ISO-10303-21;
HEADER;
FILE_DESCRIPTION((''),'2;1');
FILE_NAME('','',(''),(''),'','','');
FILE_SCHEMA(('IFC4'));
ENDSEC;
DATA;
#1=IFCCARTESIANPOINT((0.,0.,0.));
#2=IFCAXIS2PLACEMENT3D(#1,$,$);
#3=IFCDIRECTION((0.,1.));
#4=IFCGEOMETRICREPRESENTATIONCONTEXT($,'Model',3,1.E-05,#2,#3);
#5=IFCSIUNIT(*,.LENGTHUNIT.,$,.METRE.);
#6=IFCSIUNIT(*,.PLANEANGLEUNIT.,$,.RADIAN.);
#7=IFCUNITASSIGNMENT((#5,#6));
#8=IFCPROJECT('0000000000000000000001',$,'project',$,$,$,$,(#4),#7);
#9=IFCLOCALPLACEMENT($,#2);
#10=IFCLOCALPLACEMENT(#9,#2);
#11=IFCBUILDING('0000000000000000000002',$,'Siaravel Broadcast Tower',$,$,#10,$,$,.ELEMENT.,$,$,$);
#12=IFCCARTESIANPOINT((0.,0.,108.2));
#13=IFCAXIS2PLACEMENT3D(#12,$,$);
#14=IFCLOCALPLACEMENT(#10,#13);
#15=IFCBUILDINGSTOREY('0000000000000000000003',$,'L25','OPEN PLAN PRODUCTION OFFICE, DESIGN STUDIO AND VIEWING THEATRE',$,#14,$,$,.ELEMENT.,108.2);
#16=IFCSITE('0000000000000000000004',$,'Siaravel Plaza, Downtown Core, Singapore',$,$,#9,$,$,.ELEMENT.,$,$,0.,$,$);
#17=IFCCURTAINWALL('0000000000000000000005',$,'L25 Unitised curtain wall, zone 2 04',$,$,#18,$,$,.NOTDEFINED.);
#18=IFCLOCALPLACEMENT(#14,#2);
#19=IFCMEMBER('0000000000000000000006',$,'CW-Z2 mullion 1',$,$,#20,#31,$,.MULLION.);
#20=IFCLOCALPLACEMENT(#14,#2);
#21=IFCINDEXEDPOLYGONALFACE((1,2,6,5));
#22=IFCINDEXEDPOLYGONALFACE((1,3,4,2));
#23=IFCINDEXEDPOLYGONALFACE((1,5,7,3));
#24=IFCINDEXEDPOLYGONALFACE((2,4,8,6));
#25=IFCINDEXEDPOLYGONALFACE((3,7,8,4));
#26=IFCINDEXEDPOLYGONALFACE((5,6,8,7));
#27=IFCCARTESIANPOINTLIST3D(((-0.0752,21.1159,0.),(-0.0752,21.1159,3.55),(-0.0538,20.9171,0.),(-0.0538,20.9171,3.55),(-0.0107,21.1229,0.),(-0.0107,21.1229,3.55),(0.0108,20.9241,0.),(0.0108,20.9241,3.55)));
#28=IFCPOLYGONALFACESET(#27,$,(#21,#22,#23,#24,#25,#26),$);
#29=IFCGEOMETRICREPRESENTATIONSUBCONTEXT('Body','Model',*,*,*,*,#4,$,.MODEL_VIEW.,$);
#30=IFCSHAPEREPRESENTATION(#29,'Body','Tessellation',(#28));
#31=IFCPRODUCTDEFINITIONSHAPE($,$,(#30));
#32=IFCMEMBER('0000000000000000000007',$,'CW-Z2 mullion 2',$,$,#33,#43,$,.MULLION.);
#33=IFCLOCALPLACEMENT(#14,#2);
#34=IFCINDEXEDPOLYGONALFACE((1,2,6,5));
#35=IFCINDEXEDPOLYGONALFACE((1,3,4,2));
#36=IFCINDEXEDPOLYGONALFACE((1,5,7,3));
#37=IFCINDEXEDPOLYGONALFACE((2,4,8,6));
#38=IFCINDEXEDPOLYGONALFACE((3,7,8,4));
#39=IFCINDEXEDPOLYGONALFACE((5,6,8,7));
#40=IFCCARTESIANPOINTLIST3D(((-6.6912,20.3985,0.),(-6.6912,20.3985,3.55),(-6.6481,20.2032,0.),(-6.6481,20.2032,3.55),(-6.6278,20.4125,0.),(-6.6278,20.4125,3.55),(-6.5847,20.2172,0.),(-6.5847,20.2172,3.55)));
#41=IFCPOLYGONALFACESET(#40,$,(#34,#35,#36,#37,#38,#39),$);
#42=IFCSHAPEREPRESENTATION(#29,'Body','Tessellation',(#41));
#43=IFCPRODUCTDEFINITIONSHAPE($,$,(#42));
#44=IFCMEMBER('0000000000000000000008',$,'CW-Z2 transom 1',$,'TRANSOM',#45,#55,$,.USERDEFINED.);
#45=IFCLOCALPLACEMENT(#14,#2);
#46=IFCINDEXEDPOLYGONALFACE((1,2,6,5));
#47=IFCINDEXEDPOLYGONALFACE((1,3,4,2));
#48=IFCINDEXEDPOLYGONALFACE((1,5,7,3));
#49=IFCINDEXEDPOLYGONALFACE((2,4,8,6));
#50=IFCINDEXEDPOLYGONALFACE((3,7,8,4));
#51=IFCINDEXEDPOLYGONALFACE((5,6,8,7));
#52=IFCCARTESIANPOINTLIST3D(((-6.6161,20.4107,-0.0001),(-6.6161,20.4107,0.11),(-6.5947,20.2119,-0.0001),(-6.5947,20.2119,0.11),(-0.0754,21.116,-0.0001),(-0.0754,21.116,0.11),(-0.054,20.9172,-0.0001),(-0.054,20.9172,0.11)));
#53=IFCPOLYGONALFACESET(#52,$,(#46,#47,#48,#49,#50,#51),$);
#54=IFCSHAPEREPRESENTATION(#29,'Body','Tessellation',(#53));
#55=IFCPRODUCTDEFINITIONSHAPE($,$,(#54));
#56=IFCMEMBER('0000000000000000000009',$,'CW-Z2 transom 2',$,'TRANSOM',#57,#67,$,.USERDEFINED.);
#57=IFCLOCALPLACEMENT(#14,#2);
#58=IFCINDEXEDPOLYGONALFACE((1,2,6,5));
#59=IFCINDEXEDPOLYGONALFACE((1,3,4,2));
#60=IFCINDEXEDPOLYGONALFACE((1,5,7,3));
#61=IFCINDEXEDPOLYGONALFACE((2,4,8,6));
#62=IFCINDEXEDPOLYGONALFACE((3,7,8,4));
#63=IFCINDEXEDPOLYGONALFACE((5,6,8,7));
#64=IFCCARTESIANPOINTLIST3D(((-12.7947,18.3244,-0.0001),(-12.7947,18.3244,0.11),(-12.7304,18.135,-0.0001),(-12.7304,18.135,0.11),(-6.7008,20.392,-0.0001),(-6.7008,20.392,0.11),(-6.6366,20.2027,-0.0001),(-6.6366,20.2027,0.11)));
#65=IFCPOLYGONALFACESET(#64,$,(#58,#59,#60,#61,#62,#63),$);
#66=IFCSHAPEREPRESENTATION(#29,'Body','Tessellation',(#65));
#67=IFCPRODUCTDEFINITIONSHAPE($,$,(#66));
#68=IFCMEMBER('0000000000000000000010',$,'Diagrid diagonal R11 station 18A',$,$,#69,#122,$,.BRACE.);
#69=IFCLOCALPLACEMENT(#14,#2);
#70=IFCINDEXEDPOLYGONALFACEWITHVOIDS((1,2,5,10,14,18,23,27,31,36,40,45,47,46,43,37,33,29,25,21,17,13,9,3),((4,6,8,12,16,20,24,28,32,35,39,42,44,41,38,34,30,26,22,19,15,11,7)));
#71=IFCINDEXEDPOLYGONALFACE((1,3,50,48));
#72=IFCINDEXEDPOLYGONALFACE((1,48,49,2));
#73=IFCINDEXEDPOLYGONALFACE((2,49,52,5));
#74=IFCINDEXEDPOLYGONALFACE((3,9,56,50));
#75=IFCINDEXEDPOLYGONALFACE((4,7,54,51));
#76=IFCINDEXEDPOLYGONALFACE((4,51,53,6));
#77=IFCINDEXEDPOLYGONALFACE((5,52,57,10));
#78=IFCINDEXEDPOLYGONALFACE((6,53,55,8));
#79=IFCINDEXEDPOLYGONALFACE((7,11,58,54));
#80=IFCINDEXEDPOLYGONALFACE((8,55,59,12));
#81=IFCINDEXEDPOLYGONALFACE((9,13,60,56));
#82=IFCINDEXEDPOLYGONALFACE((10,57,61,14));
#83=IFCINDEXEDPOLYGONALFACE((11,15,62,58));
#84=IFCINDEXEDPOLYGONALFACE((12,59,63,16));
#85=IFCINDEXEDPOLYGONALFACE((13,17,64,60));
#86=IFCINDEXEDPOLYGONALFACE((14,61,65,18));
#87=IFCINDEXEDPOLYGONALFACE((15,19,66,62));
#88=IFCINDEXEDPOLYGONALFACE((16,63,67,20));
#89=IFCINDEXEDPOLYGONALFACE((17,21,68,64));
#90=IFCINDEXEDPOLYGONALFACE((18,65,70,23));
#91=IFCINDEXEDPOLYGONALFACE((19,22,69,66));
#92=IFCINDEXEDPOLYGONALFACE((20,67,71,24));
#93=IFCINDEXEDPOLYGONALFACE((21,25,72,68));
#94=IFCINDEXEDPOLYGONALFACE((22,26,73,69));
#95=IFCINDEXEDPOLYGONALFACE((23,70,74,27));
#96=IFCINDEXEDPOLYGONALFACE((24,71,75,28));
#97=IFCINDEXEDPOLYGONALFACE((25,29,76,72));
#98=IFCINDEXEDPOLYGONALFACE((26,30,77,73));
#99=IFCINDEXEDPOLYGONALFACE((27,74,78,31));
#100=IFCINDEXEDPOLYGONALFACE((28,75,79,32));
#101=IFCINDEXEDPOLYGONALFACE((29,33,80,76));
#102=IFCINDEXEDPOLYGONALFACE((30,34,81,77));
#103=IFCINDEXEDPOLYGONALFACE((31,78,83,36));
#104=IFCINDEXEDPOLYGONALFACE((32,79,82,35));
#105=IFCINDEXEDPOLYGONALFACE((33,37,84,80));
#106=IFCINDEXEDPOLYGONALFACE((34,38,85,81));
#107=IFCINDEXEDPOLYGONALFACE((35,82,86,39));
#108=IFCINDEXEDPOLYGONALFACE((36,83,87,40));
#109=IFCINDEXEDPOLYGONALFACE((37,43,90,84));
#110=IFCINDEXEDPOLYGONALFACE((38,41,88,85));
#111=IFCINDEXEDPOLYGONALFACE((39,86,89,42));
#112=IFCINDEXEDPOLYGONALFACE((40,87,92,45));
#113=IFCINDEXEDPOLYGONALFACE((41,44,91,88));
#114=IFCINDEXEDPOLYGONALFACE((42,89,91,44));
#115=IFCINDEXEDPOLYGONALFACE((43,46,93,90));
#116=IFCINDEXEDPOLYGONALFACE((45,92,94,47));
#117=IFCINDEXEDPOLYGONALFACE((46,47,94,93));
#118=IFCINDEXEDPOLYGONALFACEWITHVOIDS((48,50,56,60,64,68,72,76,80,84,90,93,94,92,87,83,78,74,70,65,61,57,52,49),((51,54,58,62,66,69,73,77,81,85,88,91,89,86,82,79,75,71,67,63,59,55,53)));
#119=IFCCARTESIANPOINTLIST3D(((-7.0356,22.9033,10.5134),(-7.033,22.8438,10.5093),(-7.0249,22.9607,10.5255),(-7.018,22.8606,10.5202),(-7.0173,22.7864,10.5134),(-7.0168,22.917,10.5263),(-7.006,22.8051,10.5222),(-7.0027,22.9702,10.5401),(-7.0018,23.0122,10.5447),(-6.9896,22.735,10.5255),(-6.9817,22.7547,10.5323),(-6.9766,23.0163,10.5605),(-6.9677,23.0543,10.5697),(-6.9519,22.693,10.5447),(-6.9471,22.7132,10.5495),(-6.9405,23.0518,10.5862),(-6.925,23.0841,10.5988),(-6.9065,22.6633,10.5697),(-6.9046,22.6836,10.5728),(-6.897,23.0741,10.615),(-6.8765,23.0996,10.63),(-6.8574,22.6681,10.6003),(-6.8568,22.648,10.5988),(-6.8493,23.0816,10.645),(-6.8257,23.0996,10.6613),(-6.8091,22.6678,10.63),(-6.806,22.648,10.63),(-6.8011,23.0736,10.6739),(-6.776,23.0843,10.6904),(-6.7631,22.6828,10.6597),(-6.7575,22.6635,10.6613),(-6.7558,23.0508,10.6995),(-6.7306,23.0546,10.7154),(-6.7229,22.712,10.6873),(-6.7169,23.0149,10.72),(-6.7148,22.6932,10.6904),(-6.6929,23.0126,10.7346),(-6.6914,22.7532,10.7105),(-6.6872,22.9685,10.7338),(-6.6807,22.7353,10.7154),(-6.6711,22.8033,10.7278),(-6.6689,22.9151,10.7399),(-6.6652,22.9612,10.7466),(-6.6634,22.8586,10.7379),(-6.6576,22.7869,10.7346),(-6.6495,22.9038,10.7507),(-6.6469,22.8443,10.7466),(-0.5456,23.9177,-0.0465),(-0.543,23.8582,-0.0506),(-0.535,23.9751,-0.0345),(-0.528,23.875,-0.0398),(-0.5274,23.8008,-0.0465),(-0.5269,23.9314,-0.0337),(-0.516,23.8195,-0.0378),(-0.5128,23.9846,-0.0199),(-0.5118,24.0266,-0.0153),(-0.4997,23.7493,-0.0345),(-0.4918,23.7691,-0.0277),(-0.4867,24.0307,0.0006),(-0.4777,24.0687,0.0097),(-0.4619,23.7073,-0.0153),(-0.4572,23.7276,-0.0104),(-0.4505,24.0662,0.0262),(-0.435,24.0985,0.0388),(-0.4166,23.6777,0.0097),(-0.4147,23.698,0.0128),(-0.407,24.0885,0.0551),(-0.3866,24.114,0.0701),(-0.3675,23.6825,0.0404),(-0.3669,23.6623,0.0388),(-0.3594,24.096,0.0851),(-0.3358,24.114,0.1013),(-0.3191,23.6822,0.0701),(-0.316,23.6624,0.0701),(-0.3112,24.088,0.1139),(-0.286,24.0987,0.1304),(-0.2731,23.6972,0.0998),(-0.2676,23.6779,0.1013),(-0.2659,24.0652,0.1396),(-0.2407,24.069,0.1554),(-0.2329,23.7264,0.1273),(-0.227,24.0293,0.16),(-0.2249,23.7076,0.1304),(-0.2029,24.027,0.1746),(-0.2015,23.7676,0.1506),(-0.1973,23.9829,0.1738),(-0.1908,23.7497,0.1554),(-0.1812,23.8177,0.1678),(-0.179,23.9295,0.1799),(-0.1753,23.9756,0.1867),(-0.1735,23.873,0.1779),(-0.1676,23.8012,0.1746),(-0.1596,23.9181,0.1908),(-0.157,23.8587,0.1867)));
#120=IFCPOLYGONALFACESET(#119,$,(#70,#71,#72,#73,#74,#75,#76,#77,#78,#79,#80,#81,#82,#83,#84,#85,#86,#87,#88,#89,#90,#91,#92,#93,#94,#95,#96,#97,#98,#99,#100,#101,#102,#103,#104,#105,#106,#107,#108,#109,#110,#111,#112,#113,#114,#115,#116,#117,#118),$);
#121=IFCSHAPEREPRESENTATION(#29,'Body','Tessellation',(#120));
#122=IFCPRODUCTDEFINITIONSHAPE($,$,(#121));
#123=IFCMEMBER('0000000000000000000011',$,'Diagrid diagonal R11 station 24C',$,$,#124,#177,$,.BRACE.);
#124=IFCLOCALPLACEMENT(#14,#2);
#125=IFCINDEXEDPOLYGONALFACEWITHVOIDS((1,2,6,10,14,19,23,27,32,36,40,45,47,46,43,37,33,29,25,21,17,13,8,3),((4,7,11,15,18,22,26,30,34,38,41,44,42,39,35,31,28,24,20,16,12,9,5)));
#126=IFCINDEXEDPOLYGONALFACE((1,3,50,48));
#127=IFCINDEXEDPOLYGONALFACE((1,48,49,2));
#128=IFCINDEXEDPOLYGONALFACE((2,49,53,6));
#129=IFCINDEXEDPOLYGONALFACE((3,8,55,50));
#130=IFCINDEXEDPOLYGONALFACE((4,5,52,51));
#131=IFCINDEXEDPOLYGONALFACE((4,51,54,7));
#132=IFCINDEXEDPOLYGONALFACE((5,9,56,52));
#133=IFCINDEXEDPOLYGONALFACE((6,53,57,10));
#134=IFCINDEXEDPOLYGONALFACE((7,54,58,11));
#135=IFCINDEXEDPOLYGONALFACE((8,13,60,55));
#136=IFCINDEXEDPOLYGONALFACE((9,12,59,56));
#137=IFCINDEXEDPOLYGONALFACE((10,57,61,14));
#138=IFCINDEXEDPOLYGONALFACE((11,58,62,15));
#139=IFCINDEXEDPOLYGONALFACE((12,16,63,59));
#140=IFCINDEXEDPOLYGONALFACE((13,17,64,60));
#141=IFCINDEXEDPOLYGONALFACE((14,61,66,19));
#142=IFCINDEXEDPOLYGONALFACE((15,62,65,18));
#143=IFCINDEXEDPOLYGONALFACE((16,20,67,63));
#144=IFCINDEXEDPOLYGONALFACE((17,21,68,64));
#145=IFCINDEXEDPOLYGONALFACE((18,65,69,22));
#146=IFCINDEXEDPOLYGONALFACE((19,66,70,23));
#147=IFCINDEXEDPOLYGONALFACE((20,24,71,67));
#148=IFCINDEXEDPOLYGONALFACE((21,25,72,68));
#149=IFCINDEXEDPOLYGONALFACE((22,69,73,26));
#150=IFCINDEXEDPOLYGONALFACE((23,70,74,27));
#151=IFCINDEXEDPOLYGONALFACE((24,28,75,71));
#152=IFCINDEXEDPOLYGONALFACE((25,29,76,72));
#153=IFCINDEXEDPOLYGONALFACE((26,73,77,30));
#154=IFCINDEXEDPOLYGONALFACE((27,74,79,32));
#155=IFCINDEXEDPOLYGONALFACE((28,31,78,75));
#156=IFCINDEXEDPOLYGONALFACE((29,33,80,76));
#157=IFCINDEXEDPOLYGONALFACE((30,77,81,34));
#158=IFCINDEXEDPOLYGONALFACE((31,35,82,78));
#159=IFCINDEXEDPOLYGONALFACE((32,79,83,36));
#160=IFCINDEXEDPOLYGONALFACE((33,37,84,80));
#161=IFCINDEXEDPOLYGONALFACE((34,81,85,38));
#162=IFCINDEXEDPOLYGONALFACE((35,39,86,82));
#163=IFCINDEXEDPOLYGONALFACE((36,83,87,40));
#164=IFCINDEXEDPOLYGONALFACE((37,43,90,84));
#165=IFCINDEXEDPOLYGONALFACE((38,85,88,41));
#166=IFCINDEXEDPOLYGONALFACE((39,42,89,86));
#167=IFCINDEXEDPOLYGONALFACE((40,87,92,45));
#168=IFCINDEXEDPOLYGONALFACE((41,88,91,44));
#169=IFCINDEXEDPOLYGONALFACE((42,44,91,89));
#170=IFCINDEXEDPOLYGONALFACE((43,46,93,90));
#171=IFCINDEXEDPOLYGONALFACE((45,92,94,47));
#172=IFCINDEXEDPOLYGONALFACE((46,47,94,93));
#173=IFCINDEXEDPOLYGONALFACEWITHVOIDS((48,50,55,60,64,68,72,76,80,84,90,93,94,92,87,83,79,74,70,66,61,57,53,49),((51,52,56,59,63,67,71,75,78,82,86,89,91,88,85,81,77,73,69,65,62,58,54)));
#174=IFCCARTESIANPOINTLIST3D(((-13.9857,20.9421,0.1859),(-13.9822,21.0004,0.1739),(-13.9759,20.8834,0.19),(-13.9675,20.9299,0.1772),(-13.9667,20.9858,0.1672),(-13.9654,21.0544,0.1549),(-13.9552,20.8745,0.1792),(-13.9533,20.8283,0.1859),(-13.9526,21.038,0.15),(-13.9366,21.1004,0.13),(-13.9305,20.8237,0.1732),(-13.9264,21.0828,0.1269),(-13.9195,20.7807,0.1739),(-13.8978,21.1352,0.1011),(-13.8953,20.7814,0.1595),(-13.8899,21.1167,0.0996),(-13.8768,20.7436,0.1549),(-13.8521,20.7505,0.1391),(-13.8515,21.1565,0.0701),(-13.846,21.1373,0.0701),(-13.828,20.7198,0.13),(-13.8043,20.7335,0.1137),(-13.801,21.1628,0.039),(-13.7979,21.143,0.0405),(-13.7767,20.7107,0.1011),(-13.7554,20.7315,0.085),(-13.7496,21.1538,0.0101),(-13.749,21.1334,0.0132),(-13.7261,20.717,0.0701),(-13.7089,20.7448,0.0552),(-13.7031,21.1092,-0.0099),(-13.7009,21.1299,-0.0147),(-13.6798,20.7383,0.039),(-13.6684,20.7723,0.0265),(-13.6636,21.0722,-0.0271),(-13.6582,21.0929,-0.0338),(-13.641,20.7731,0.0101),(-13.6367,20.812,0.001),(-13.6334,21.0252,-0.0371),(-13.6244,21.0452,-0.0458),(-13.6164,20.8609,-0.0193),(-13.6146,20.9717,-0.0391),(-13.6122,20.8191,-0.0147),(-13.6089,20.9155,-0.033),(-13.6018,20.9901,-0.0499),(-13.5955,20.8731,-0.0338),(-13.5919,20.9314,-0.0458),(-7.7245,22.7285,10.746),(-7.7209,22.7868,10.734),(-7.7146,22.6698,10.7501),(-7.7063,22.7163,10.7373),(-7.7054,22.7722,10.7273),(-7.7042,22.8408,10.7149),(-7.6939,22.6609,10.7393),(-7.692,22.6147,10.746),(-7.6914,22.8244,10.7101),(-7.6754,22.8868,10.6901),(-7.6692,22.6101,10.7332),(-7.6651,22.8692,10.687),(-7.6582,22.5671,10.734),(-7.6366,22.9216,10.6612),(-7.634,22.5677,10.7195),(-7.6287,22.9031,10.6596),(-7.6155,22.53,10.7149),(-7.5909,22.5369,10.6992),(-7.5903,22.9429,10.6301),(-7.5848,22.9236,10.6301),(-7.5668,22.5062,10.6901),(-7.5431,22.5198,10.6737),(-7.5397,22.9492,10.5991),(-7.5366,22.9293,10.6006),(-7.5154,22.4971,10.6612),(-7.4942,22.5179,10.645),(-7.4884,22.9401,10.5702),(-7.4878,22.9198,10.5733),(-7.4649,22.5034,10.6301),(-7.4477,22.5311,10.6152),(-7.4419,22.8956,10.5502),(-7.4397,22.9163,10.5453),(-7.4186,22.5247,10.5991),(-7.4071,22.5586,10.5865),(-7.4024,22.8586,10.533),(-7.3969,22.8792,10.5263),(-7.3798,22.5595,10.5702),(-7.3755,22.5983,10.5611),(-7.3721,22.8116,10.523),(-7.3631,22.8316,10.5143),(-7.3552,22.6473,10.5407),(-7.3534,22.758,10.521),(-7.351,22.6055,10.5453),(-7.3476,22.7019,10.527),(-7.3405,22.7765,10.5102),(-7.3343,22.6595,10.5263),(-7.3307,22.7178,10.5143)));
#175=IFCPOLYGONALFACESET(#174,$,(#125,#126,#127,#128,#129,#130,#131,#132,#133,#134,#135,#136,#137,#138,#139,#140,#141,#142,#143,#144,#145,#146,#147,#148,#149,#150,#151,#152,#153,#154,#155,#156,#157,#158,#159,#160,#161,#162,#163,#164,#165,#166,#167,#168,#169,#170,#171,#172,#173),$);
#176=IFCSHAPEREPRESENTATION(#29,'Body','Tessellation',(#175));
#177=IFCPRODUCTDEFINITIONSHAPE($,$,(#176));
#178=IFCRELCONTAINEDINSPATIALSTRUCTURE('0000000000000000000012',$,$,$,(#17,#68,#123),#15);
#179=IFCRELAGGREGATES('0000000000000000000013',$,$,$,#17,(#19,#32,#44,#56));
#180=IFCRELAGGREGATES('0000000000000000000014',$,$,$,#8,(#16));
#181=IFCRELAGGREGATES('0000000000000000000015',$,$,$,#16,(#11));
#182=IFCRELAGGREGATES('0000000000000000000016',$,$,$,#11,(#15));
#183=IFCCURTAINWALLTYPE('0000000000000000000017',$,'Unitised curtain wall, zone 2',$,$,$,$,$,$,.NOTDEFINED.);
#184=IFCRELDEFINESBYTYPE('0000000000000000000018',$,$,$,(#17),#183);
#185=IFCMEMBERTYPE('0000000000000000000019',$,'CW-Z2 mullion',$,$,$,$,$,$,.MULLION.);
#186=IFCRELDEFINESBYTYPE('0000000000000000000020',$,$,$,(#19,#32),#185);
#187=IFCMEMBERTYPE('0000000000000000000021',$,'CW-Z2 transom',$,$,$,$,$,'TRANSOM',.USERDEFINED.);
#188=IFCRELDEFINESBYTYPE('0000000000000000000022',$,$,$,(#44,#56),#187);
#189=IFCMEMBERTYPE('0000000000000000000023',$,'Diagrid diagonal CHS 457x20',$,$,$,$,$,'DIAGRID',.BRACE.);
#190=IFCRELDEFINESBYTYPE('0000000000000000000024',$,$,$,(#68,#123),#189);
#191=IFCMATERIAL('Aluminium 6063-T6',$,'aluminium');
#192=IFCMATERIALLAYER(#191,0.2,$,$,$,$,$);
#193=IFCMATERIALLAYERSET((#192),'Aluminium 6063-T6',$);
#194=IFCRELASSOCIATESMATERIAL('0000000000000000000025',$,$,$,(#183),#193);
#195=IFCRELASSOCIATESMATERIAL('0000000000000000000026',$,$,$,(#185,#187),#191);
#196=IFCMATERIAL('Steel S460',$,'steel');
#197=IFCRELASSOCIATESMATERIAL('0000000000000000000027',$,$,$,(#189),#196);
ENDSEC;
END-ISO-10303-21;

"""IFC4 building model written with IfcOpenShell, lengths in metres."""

from ifc_helpers import new_model, si_unit, direction, frame, origin, origin_2d, place, context, subcontext, project, spatial, rectangle, hollow_circle, extrude, material, layer, layer_set, material_profile, profile_set, type_object, element, aggregate, save


model = new_model("IFC4")

# Units and contexts
model_context = context("Model", 3, precision=1e-05, world=origin(), true_north=direction((0.0, 1.0)))
body_context = subcontext(model_context, "Body", "Model", "MODEL_VIEW")
ifc_project = project(units=[si_unit("LENGTHUNIT", "METRE"), si_unit("PLANEANGLEUNIT", "RADIAN")], contexts=[model_context])

# Site, building, storey
site_placement = place(None, origin())
site = spatial("IfcSite", under=ifc_project, at=site_placement, Name="Siaravel Plaza, Downtown Core, Singapore", CompositionType="ELEMENT", RefElevation=0.0)
building_placement = place(site_placement, origin())
building = spatial("IfcBuilding", under=site, at=building_placement, Name="Siaravel Broadcast Tower", CompositionType="ELEMENT")
storey_placement = place(building_placement, frame((0.0, 0.0, 108.2)))
storey = spatial("IfcBuildingStorey", under=building, at=storey_placement, Name="L25", Description="OPEN PLAN PRODUCTION OFFICE, DESIGN STUDIO AND VIEWING THEATRE", CompositionType="ELEMENT", Elevation=108.2)

# Curtain wall, members
ifc_material_1 = material(Name="Aluminium 6063-T6", Category="aluminium")
ifc_layer_1 = layer(ifc_material_1, 0.2)
ifc_layer_set_1 = layer_set([ifc_layer_1], Name="Aluminium 6063-T6")
curtain_wall_type = type_object("IfcCurtainWallType", Name="Unitised curtain wall, zone 2", PredefinedType="NOTDEFINED", material=ifc_layer_set_1)
curtain_wall_placement = place(storey_placement, origin())
curtain_wall = element("IfcCurtainWall", 1, at=curtain_wall_placement, inside=storey, type_object=curtain_wall_type, Name="L25 Unitised curtain wall, zone 2 04", PredefinedType="NOTDEFINED")
ifc_material_profile_1 = material_profile(ifc_material_1, rectangle(XDim=0.2, YDim=0.0649, at=origin_2d()))
ifc_profile_set_1 = profile_set([ifc_material_profile_1], Name="Aluminium 6063-T6")
member_type_1 = type_object("IfcMemberType", Name="CW-Z2 mullion", PredefinedType="MULLION", material=ifc_profile_set_1)
member_1_placement = place(storey_placement, frame((-0.0322, 21.02, 0.0), z_axis=(0.0, 0.0, 1.0), x_axis=(0.107217, -0.994236, 0.0)))
member_1 = element("IfcMember", 2, at=member_1_placement, type_object=member_type_1, Name="CW-Z2 mullion 1", PredefinedType="MULLION", context=body_context, shape_type="SweptSolid", body=[
    extrude(rectangle(XDim=0.2, YDim=0.0649, at=origin_2d()), origin(), (0.0, 0.0, 1.0), 3.55),
])
member_2_placement = place(storey_placement, frame((-6.6379, 20.3079, 0.0), z_axis=(0.0, 0.0, 1.0), x_axis=(0.215558, -0.976491, 0.0)))
member_2 = element("IfcMember", 3, at=member_2_placement, type_object=member_type_1, Name="CW-Z2 mullion 2", PredefinedType="MULLION", context=body_context, shape_type="SweptSolid", body=[
    extrude(rectangle(XDim=0.2, YDim=0.0649, at=origin_2d()), origin(), (0.0, 0.0, 1.0), 3.55),
])
ifc_material_profile_2 = material_profile(ifc_material_1, rectangle(XDim=0.2, YDim=0.1101, at=origin_2d()))
ifc_profile_set_2 = profile_set([ifc_material_profile_2], Name="Aluminium 6063-T6")
member_type_2 = type_object("IfcMemberType", Name="CW-Z2 transom", ElementType="TRANSOM", PredefinedType="USERDEFINED", material=ifc_profile_set_2)
member_3_placement = place(storey_placement, frame((-0.0647, 21.0166, 0.0549), z_axis=(-0.994236, -0.107213, 0.0), x_axis=(0.107213, -0.994236, 0.0)))
member_3 = element("IfcMember", 4, at=member_3_placement, type_object=member_type_2, Name="CW-Z2 transom 1", ObjectType="TRANSOM", PredefinedType="USERDEFINED", context=body_context, shape_type="SweptSolid", body=[
    extrude(rectangle(XDim=0.2, YDim=0.1101, at=origin_2d()), origin(), (0.0, 0.0, 1.0), 6.5786),
])
member_4_placement = place(storey_placement, frame((-6.6687, 20.2974, 0.0549), z_axis=(-0.946974, -0.321311, 0.0), x_axis=(0.321311, -0.946974, 0.0)))
member_4 = element("IfcMember", 5, at=member_4_placement, type_object=member_type_2, Name="CW-Z2 transom 2", ObjectType="TRANSOM", PredefinedType="USERDEFINED", context=body_context, shape_type="SweptSolid", body=[
    extrude(rectangle(XDim=0.2, YDim=0.1101, at=origin_2d()), origin(), (0.0, 0.0, 1.0), 6.4351),
])

# Members
ifc_material_2 = material(Name="Steel S460", Category="steel")
ifc_material_profile_3 = material_profile(ifc_material_2, hollow_circle(Radius=0.2285, WallThickness=0.02, at=origin_2d()))
ifc_profile_set_3 = profile_set([ifc_material_profile_3], Name="Steel S460")
member_type_3 = type_object("IfcMemberType", Name="Diagrid diagonal CHS 457x20", ElementType="DIAGRID", PredefinedType="BRACE", material=ifc_profile_set_3)
member_5_placement = place(storey_placement, frame((-0.3513, 23.8882, 0.0701), z_axis=(-0.521855, -0.081567, 0.849126), x_axis=(0.154428, -0.988004, 0.0)))
element("IfcMember", 6, at=member_5_placement, inside=storey, type_object=member_type_3, Name="Diagrid diagonal R11 station 18A", PredefinedType="BRACE", context=body_context, shape_type="SweptSolid", body=[
    extrude(hollow_circle(Radius=0.2285, WallThickness=0.02, at=origin_2d()), origin(), (0.0, 0.0, 1.0), 12.4363),
])
member_6_placement = place(storey_placement, frame((-13.7888, 20.9368, 0.0701), z_axis=(0.504693, 0.143993, 0.851205), x_axis=(-0.27436, 0.961627, 0.0)))
element("IfcMember", 7, at=member_6_placement, inside=storey, type_object=member_type_3, Name="Diagrid diagonal R11 station 24C", PredefinedType="BRACE", context=body_context, shape_type="SweptSolid", body=[
    extrude(hollow_circle(Radius=0.2285, WallThickness=0.02, at=origin_2d()), origin(), (0.0, 0.0, 1.0), 12.406),
])

aggregate(curtain_wall, [member_1, member_2, member_3, member_4])

save(model, "model.ifc")
